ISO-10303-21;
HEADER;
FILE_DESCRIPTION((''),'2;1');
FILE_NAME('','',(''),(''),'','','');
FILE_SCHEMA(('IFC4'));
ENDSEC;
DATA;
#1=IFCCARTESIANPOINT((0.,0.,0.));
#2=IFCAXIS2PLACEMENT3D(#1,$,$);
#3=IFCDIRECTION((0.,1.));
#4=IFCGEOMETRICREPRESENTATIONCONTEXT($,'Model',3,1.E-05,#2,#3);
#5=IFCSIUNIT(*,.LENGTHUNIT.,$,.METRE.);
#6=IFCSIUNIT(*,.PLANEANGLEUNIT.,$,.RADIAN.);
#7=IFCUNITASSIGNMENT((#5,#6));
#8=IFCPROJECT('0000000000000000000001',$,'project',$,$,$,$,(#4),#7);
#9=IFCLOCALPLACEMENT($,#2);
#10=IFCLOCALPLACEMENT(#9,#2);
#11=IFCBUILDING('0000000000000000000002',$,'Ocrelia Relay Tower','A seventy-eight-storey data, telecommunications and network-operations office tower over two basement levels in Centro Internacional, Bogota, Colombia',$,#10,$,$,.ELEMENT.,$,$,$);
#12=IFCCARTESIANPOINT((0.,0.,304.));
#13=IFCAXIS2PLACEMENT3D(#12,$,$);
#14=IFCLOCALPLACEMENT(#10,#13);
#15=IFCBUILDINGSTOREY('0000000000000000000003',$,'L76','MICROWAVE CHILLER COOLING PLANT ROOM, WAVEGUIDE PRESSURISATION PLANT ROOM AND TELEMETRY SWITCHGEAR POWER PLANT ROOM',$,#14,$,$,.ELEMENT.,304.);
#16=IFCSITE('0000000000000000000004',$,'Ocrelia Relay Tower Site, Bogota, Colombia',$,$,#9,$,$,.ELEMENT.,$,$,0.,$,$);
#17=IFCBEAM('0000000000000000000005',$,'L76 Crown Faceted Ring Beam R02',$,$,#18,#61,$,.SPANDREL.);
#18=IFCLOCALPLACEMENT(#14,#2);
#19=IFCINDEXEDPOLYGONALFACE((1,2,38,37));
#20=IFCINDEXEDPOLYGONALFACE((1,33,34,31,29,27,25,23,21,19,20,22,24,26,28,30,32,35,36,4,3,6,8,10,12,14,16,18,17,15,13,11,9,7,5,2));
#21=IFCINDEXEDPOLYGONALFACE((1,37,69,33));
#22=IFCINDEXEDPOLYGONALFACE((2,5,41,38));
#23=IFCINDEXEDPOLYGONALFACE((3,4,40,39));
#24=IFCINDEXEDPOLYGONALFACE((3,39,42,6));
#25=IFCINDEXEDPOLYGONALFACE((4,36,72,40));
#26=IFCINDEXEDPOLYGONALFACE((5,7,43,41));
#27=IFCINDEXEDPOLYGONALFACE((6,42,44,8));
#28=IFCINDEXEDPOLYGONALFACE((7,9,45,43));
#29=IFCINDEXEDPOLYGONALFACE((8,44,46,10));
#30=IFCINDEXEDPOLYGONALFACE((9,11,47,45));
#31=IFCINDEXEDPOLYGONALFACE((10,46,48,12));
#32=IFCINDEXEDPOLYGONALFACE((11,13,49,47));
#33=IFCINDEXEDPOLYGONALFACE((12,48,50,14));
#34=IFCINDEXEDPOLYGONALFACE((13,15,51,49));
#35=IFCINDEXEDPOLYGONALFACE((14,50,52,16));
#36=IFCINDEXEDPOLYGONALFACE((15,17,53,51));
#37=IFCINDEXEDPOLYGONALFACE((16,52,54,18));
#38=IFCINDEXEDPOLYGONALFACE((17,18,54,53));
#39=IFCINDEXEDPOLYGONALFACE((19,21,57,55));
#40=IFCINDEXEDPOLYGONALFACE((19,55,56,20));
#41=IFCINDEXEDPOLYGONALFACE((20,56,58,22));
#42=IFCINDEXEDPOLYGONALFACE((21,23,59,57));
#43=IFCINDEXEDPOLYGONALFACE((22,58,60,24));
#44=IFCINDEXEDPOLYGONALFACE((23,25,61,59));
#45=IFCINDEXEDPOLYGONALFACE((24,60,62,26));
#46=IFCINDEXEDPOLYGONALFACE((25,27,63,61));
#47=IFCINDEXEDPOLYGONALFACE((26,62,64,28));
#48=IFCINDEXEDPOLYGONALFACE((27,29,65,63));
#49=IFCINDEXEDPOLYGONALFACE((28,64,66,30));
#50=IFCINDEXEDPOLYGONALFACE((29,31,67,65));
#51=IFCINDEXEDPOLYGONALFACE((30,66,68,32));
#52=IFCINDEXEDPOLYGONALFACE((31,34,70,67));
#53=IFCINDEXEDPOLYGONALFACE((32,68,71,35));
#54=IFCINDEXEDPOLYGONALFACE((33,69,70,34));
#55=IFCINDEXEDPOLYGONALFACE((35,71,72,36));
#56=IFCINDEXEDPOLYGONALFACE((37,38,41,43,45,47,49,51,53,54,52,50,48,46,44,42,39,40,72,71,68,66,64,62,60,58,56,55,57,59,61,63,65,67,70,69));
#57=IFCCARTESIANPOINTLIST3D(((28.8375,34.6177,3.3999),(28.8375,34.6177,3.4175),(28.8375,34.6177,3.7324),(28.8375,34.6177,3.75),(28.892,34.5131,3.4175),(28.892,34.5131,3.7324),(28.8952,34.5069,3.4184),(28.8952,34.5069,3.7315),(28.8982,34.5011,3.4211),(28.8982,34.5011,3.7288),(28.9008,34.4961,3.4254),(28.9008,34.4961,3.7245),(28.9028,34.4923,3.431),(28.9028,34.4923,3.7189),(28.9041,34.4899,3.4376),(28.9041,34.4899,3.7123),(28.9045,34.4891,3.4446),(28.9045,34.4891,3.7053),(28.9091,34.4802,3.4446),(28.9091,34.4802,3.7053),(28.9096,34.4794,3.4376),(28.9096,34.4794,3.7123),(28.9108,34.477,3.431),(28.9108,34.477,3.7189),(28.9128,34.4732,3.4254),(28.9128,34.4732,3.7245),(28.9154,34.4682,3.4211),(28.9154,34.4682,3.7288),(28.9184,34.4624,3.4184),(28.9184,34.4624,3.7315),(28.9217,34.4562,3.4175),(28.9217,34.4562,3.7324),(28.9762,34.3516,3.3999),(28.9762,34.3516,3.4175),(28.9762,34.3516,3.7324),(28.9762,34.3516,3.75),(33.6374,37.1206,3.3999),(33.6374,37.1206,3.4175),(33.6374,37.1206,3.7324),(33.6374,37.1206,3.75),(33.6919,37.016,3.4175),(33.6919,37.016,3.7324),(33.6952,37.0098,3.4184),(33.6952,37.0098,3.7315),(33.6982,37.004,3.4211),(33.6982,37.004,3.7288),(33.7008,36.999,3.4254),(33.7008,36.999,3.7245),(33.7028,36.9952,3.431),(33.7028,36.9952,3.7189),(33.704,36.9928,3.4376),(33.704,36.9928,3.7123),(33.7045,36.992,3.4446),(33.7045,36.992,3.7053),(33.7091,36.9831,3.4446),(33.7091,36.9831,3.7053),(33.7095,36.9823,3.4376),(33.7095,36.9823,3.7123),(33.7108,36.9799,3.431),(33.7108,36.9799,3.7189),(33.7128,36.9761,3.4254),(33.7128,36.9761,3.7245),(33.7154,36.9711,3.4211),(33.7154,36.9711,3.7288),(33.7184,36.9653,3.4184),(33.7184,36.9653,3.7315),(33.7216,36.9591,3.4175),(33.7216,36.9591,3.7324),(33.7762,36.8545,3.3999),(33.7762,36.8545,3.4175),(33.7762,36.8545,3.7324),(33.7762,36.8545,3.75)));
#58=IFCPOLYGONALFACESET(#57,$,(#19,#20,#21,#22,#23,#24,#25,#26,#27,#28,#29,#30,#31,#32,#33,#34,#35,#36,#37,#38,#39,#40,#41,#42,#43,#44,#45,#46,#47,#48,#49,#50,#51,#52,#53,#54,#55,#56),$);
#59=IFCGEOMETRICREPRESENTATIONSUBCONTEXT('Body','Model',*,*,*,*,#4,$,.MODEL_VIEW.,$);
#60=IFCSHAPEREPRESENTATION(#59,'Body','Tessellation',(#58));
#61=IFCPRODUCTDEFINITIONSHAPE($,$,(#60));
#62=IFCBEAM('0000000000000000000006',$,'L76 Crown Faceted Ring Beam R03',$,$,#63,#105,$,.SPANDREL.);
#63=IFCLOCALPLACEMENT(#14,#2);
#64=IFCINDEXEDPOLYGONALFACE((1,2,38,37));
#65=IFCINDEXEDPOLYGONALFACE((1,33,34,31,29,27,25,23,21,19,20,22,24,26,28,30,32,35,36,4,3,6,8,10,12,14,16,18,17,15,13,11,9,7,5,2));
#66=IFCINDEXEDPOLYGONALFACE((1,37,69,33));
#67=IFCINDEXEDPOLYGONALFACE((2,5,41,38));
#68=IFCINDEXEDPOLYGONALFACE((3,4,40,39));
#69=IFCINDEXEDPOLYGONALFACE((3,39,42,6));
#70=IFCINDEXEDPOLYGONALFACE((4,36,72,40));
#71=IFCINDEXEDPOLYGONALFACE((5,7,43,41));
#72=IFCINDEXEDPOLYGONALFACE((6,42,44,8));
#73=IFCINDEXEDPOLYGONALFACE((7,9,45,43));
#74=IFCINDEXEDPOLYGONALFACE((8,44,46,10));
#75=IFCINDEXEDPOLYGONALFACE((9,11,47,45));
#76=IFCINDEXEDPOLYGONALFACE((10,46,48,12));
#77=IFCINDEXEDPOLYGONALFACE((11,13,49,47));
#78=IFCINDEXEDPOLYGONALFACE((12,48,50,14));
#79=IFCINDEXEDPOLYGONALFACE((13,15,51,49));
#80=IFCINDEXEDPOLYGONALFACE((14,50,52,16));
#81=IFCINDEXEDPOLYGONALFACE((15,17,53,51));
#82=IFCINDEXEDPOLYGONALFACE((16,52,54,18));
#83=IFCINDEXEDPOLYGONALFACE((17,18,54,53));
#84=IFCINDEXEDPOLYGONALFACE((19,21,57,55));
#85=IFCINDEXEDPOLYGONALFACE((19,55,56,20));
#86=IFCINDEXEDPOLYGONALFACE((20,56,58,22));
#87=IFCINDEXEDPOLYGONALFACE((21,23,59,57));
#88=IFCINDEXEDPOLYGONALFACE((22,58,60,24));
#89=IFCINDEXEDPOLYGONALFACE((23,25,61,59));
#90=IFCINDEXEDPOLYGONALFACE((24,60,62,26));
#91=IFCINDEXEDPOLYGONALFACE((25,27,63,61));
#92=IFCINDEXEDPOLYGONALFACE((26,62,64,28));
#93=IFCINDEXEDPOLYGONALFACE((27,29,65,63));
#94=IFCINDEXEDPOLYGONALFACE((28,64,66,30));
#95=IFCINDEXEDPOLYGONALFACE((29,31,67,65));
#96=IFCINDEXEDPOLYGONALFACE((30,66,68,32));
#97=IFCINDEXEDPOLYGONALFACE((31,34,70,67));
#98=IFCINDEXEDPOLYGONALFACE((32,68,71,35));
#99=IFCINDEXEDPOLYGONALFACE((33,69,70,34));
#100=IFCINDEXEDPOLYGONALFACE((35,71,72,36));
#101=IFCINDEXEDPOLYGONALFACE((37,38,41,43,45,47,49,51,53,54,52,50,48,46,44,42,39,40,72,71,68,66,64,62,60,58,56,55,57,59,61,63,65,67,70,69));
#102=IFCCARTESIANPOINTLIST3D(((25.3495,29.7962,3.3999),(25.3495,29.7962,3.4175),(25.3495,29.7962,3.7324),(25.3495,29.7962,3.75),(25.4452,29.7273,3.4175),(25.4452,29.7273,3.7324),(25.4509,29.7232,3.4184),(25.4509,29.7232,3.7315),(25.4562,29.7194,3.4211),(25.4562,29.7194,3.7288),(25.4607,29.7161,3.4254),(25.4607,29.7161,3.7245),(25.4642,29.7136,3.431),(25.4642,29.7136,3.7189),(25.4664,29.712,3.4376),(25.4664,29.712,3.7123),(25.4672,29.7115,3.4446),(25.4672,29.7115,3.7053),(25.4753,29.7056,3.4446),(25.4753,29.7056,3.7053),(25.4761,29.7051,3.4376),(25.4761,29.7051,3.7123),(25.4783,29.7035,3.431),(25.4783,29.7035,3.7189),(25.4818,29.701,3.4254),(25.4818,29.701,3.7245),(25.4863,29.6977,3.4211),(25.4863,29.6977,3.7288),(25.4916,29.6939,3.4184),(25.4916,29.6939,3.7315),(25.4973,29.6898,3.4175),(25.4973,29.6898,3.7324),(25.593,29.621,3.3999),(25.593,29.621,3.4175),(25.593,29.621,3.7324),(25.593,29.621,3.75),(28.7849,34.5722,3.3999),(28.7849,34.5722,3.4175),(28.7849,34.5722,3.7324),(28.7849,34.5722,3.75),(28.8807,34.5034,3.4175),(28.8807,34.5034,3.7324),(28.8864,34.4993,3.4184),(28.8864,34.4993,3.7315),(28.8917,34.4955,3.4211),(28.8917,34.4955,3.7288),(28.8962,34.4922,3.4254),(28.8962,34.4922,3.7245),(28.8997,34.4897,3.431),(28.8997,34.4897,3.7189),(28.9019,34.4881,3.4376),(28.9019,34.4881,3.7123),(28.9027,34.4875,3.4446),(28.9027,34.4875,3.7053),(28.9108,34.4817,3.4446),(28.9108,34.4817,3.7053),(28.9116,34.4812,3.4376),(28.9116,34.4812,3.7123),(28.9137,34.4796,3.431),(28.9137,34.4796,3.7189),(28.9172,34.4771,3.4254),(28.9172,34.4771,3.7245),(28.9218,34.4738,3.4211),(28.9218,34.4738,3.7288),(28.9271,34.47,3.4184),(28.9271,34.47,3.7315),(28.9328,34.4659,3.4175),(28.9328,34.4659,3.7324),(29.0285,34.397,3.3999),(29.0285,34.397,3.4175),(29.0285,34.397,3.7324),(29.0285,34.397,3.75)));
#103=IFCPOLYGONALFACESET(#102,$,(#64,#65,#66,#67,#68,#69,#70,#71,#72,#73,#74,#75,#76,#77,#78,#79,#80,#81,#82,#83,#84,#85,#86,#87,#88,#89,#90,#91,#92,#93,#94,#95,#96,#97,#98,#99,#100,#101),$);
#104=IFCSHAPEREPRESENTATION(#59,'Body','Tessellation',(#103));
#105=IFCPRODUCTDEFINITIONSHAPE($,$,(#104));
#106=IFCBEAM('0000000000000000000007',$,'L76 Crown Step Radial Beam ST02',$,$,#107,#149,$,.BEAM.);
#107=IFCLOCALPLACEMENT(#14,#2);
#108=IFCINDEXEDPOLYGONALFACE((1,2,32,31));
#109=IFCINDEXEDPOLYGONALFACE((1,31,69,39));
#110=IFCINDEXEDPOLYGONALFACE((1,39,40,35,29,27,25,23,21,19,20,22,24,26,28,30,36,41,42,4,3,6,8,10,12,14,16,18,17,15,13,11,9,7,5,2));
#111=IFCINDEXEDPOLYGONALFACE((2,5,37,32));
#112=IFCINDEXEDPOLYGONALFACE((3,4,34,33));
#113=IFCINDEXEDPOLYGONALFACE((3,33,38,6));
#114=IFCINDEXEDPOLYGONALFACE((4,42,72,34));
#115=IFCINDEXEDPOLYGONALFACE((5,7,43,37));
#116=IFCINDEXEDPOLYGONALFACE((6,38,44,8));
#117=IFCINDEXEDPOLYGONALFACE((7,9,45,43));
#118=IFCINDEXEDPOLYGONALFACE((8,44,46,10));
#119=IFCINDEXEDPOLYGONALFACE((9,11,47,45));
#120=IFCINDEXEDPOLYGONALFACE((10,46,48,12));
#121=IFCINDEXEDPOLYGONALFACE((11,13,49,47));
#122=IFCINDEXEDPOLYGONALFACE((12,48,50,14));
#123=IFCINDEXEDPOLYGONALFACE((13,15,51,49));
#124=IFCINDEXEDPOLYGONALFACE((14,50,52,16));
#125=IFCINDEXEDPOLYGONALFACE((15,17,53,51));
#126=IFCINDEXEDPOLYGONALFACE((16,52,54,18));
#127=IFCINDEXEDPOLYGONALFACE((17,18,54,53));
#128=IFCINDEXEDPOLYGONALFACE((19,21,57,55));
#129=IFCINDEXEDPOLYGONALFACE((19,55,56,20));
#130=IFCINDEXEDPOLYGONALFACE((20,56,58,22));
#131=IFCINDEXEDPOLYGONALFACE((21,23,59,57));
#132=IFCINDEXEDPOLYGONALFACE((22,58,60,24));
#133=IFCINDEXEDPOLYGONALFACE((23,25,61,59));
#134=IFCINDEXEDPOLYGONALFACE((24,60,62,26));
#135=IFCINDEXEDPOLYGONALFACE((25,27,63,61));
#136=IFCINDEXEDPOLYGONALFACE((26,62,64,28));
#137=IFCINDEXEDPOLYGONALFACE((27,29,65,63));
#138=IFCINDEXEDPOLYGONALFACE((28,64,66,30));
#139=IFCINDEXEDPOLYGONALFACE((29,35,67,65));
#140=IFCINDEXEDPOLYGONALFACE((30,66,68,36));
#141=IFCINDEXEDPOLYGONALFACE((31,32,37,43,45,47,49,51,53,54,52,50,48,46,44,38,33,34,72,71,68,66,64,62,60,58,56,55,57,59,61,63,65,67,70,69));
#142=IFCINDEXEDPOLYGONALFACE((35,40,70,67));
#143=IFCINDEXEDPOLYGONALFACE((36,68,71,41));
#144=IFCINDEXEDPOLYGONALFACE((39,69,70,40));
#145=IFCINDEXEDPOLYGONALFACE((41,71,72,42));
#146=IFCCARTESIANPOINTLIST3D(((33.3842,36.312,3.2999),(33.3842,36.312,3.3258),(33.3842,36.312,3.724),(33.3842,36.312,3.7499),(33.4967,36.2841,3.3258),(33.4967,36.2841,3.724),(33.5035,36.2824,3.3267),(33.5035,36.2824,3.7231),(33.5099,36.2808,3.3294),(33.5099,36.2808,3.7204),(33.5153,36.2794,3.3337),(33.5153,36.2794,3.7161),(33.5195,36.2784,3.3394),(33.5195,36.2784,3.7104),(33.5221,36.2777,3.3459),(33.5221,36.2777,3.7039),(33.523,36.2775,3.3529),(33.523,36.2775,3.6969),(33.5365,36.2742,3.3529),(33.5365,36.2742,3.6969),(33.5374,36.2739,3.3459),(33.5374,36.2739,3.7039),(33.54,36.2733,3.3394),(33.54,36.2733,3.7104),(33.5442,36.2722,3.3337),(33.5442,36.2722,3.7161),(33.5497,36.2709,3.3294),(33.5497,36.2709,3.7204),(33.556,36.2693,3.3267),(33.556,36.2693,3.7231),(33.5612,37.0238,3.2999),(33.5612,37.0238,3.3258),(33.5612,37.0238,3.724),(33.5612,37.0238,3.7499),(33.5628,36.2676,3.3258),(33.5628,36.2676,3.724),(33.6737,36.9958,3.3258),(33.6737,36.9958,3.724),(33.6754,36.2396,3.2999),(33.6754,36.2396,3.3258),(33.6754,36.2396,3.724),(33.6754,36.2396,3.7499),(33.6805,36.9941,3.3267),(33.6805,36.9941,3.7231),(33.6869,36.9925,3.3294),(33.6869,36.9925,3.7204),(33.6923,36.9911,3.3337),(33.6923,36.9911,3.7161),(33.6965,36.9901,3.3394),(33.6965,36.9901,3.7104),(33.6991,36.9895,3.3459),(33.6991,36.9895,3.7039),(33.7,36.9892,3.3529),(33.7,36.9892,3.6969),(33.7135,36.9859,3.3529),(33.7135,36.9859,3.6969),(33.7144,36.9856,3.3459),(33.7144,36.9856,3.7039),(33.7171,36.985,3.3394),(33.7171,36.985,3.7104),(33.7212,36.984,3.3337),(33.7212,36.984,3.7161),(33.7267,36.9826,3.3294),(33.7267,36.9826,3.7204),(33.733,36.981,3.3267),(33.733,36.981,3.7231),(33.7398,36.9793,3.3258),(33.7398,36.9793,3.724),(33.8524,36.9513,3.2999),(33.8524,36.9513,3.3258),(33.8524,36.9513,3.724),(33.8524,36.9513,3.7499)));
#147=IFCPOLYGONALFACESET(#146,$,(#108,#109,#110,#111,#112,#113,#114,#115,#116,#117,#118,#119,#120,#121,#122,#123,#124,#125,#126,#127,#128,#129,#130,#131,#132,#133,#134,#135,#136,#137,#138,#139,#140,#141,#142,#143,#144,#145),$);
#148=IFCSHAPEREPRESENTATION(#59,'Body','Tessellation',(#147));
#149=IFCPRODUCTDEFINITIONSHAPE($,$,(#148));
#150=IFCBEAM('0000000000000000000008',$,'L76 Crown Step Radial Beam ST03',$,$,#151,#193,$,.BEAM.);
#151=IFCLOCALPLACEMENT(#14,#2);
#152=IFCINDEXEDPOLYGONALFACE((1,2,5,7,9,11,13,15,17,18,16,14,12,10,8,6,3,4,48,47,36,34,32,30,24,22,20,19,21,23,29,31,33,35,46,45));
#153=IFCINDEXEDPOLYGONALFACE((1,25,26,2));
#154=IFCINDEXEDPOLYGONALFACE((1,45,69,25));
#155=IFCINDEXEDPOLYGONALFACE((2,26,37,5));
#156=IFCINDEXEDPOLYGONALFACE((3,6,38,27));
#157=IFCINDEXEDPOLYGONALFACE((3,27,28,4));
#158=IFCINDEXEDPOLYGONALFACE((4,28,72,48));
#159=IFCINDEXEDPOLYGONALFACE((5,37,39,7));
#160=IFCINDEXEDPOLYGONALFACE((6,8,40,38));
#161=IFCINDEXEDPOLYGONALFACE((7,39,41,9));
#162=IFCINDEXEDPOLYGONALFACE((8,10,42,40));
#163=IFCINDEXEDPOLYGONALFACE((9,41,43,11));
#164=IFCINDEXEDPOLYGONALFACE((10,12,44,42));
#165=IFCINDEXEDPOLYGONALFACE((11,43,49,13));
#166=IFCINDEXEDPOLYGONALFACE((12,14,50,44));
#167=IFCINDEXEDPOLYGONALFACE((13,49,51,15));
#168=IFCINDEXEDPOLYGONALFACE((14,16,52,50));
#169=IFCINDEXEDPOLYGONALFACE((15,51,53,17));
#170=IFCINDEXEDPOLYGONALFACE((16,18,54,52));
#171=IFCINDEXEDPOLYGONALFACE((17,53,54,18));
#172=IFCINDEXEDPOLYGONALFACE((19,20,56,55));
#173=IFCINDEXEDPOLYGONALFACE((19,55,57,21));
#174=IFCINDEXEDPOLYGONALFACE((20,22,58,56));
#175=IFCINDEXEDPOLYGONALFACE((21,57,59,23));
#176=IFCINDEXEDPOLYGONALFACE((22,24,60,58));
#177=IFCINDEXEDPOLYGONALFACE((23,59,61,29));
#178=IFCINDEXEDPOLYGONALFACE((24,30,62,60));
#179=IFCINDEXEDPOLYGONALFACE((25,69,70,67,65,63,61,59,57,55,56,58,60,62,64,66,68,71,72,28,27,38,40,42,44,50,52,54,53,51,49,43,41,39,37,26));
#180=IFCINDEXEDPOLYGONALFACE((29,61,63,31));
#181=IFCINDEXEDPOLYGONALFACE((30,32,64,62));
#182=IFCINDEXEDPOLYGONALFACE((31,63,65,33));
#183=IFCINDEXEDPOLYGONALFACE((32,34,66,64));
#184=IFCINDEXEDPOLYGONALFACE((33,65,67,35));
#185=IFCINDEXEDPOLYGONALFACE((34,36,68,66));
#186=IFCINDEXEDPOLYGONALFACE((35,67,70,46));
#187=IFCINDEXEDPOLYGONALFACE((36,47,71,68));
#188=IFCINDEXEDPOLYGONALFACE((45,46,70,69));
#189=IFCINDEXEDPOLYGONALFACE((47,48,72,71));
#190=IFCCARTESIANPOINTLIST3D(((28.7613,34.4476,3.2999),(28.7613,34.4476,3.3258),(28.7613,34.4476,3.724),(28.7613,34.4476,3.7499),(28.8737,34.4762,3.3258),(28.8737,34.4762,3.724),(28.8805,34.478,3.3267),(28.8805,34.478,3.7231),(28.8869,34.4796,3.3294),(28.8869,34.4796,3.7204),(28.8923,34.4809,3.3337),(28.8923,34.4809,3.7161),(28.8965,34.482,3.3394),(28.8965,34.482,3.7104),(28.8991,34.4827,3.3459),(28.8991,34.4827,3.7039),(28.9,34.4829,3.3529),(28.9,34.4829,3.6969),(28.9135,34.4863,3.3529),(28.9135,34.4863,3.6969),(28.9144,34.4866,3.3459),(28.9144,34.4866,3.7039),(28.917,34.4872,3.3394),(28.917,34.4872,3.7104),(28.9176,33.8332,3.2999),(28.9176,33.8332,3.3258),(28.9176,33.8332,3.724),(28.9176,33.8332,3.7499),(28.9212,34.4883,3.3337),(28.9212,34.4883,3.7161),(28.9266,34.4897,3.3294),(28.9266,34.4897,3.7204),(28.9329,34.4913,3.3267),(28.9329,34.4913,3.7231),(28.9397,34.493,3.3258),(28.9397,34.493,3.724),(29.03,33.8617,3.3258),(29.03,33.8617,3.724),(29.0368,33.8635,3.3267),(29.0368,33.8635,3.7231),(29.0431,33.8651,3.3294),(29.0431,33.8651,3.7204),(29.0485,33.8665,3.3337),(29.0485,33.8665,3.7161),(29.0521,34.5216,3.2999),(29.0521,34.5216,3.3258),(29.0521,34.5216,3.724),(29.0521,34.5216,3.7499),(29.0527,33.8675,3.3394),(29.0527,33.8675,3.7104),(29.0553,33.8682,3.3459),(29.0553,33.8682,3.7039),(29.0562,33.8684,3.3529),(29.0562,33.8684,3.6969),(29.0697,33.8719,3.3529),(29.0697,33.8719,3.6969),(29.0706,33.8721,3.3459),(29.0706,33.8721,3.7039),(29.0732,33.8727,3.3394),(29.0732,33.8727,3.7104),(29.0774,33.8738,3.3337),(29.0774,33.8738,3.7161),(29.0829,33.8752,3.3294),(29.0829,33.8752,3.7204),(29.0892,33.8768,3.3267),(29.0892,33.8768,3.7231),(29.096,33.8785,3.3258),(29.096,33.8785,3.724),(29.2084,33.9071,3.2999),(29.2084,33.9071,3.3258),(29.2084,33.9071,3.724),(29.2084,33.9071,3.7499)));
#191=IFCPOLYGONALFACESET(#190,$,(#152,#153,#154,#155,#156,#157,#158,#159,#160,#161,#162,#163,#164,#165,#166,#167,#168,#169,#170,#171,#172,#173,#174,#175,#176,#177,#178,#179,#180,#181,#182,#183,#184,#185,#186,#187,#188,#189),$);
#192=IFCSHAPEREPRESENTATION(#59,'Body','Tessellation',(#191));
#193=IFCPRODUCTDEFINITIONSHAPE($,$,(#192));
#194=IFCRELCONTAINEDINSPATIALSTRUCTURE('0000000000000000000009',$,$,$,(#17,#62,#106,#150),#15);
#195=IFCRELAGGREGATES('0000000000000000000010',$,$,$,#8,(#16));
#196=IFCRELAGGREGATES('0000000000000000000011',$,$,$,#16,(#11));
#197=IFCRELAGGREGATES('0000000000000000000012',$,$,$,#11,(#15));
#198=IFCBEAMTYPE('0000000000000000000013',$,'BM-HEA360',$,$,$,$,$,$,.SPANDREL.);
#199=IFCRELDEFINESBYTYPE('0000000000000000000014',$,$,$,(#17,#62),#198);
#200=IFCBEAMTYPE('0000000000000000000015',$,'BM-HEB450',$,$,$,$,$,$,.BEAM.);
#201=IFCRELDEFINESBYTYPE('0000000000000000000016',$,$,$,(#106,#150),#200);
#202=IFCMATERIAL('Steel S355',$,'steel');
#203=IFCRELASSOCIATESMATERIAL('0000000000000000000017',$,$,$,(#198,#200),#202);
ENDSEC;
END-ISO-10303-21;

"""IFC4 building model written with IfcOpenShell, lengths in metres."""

from ifc_helpers import new_model, si_unit, direction, frame, origin, origin_2d, place, context, subcontext, project, spatial, i_section, extrude, material, material_profile, profile_set, type_object, element, save


model = new_model("IFC4")

# Units and contexts
model_context = context("Model", 3, precision=1e-05, world=origin(), true_north=direction((0.0, 1.0)))
body_context = subcontext(model_context, "Body", "Model", "MODEL_VIEW")
ifc_project = project(units=[si_unit("LENGTHUNIT", "METRE"), si_unit("PLANEANGLEUNIT", "RADIAN")], contexts=[model_context])

# Site, building, storey
site_placement = place(None, origin())
site = spatial("IfcSite", under=ifc_project, at=site_placement, Name="Ocrelia Relay Tower Site, Bogota, Colombia", CompositionType="ELEMENT", RefElevation=0.0)
building_placement = place(site_placement, origin())
building = spatial("IfcBuilding", under=site, at=building_placement, Name="Ocrelia Relay Tower", Description="A seventy-eight-storey data, telecommunications and network-operations office tower over two basement levels in Centro Internacional, Bogota, Colombia", CompositionType="ELEMENT")
storey_placement = place(building_placement, frame((0.0, 0.0, 304.0)))
storey = spatial("IfcBuildingStorey", under=building, at=storey_placement, Name="L76", Description="MICROWAVE CHILLER COOLING PLANT ROOM, WAVEGUIDE PRESSURISATION PLANT ROOM AND TELEMETRY SWITCHGEAR POWER PLANT ROOM", CompositionType="ELEMENT", Elevation=304.0)

# Beams
ifc_material_1 = material(Name="Steel S355", Category="steel")
ifc_material_profile_1 = material_profile(ifc_material_1, i_section(OverallWidth=0.3, OverallDepth=0.3501, WebThickness=0.01, FlangeThickness=0.0176, FilletRadius=0.0271, at=origin_2d()), Name="HEA 360")
ifc_profile_set_1 = profile_set([ifc_material_profile_1], Name="Steel S355")
beam_type_1 = type_object("IfcBeamType", Name="BM-HEA360", PredefinedType="SPANDREL", material=ifc_profile_set_1)
beam_1_placement = place(storey_placement, frame((33.7068, 36.9875, 3.575), z_axis=(-0.886694, -0.462356, 0.0), x_axis=(0.462356, -0.886694, 0.0)))
element("IfcBeam", 1, at=beam_1_placement, inside=storey, type_object=beam_type_1, Name="L76 Crown Faceted Ring Beam R02", PredefinedType="SPANDREL", context=body_context, shape_type="SweptSolid", body=[
    extrude(i_section(OverallWidth=0.3, OverallDepth=0.3501, WebThickness=0.01, FlangeThickness=0.0176, FilletRadius=0.0271, at=origin_2d()), origin(), (0.0, 0.0, 1.0), 5.4133),
])
beam_2_placement = place(storey_placement, frame((28.9067, 34.4846, 3.575), z_axis=(-0.58394, -0.811797, 0.0), x_axis=(0.811797, -0.58394, 0.0)))
element("IfcBeam", 2, at=beam_2_placement, inside=storey, type_object=beam_type_1, Name="L76 Crown Faceted Ring Beam R03", PredefinedType="SPANDREL", context=body_context, shape_type="SweptSolid", body=[
    extrude(i_section(OverallWidth=0.3, OverallDepth=0.3501, WebThickness=0.01, FlangeThickness=0.0176, FilletRadius=0.0271, at=origin_2d()), origin(), (0.0, 0.0, 1.0), 5.8833),
])
ifc_material_profile_2 = material_profile(ifc_material_1, i_section(OverallWidth=0.3, OverallDepth=0.45, WebThickness=0.0139, FlangeThickness=0.0259, FilletRadius=0.0271, at=origin_2d()), Name="HEB 450")
ifc_profile_set_2 = profile_set([ifc_material_profile_2], Name="Steel S355")
beam_type_2 = type_object("IfcBeamType", Name="BM-HEB450", PredefinedType="BEAM", material=ifc_profile_set_2)
beam_3_placement = place(storey_placement, frame((33.7068, 36.9875, 3.5249), z_axis=(-0.24136, -0.970436, 0.0), x_axis=(0.970436, -0.24136, 0.0)))
element("IfcBeam", 3, at=beam_3_placement, inside=storey, type_object=beam_type_2, Name="L76 Crown Step Radial Beam ST02", PredefinedType="BEAM", context=body_context, shape_type="SweptSolid", body=[
    extrude(i_section(OverallWidth=0.3, OverallDepth=0.45, WebThickness=0.0139, FlangeThickness=0.0259, FilletRadius=0.0271, at=origin_2d()), origin(), (0.0, 0.0, 1.0), 0.7334),
])
beam_4_placement = place(storey_placement, frame((28.9067, 34.4846, 3.5249), z_axis=(0.246429, -0.969161, 0.0), x_axis=(0.969161, 0.246429, 0.0)))
element("IfcBeam", 4, at=beam_4_placement, inside=storey, type_object=beam_type_2, Name="L76 Crown Step Radial Beam ST03", PredefinedType="BEAM", context=body_context, shape_type="SweptSolid", body=[
    extrude(i_section(OverallWidth=0.3, OverallDepth=0.45, WebThickness=0.0139, FlangeThickness=0.0259, FilletRadius=0.0271, at=origin_2d()), origin(), (0.0, 0.0, 1.0), 0.634),
])

save(model, "model.ifc")
